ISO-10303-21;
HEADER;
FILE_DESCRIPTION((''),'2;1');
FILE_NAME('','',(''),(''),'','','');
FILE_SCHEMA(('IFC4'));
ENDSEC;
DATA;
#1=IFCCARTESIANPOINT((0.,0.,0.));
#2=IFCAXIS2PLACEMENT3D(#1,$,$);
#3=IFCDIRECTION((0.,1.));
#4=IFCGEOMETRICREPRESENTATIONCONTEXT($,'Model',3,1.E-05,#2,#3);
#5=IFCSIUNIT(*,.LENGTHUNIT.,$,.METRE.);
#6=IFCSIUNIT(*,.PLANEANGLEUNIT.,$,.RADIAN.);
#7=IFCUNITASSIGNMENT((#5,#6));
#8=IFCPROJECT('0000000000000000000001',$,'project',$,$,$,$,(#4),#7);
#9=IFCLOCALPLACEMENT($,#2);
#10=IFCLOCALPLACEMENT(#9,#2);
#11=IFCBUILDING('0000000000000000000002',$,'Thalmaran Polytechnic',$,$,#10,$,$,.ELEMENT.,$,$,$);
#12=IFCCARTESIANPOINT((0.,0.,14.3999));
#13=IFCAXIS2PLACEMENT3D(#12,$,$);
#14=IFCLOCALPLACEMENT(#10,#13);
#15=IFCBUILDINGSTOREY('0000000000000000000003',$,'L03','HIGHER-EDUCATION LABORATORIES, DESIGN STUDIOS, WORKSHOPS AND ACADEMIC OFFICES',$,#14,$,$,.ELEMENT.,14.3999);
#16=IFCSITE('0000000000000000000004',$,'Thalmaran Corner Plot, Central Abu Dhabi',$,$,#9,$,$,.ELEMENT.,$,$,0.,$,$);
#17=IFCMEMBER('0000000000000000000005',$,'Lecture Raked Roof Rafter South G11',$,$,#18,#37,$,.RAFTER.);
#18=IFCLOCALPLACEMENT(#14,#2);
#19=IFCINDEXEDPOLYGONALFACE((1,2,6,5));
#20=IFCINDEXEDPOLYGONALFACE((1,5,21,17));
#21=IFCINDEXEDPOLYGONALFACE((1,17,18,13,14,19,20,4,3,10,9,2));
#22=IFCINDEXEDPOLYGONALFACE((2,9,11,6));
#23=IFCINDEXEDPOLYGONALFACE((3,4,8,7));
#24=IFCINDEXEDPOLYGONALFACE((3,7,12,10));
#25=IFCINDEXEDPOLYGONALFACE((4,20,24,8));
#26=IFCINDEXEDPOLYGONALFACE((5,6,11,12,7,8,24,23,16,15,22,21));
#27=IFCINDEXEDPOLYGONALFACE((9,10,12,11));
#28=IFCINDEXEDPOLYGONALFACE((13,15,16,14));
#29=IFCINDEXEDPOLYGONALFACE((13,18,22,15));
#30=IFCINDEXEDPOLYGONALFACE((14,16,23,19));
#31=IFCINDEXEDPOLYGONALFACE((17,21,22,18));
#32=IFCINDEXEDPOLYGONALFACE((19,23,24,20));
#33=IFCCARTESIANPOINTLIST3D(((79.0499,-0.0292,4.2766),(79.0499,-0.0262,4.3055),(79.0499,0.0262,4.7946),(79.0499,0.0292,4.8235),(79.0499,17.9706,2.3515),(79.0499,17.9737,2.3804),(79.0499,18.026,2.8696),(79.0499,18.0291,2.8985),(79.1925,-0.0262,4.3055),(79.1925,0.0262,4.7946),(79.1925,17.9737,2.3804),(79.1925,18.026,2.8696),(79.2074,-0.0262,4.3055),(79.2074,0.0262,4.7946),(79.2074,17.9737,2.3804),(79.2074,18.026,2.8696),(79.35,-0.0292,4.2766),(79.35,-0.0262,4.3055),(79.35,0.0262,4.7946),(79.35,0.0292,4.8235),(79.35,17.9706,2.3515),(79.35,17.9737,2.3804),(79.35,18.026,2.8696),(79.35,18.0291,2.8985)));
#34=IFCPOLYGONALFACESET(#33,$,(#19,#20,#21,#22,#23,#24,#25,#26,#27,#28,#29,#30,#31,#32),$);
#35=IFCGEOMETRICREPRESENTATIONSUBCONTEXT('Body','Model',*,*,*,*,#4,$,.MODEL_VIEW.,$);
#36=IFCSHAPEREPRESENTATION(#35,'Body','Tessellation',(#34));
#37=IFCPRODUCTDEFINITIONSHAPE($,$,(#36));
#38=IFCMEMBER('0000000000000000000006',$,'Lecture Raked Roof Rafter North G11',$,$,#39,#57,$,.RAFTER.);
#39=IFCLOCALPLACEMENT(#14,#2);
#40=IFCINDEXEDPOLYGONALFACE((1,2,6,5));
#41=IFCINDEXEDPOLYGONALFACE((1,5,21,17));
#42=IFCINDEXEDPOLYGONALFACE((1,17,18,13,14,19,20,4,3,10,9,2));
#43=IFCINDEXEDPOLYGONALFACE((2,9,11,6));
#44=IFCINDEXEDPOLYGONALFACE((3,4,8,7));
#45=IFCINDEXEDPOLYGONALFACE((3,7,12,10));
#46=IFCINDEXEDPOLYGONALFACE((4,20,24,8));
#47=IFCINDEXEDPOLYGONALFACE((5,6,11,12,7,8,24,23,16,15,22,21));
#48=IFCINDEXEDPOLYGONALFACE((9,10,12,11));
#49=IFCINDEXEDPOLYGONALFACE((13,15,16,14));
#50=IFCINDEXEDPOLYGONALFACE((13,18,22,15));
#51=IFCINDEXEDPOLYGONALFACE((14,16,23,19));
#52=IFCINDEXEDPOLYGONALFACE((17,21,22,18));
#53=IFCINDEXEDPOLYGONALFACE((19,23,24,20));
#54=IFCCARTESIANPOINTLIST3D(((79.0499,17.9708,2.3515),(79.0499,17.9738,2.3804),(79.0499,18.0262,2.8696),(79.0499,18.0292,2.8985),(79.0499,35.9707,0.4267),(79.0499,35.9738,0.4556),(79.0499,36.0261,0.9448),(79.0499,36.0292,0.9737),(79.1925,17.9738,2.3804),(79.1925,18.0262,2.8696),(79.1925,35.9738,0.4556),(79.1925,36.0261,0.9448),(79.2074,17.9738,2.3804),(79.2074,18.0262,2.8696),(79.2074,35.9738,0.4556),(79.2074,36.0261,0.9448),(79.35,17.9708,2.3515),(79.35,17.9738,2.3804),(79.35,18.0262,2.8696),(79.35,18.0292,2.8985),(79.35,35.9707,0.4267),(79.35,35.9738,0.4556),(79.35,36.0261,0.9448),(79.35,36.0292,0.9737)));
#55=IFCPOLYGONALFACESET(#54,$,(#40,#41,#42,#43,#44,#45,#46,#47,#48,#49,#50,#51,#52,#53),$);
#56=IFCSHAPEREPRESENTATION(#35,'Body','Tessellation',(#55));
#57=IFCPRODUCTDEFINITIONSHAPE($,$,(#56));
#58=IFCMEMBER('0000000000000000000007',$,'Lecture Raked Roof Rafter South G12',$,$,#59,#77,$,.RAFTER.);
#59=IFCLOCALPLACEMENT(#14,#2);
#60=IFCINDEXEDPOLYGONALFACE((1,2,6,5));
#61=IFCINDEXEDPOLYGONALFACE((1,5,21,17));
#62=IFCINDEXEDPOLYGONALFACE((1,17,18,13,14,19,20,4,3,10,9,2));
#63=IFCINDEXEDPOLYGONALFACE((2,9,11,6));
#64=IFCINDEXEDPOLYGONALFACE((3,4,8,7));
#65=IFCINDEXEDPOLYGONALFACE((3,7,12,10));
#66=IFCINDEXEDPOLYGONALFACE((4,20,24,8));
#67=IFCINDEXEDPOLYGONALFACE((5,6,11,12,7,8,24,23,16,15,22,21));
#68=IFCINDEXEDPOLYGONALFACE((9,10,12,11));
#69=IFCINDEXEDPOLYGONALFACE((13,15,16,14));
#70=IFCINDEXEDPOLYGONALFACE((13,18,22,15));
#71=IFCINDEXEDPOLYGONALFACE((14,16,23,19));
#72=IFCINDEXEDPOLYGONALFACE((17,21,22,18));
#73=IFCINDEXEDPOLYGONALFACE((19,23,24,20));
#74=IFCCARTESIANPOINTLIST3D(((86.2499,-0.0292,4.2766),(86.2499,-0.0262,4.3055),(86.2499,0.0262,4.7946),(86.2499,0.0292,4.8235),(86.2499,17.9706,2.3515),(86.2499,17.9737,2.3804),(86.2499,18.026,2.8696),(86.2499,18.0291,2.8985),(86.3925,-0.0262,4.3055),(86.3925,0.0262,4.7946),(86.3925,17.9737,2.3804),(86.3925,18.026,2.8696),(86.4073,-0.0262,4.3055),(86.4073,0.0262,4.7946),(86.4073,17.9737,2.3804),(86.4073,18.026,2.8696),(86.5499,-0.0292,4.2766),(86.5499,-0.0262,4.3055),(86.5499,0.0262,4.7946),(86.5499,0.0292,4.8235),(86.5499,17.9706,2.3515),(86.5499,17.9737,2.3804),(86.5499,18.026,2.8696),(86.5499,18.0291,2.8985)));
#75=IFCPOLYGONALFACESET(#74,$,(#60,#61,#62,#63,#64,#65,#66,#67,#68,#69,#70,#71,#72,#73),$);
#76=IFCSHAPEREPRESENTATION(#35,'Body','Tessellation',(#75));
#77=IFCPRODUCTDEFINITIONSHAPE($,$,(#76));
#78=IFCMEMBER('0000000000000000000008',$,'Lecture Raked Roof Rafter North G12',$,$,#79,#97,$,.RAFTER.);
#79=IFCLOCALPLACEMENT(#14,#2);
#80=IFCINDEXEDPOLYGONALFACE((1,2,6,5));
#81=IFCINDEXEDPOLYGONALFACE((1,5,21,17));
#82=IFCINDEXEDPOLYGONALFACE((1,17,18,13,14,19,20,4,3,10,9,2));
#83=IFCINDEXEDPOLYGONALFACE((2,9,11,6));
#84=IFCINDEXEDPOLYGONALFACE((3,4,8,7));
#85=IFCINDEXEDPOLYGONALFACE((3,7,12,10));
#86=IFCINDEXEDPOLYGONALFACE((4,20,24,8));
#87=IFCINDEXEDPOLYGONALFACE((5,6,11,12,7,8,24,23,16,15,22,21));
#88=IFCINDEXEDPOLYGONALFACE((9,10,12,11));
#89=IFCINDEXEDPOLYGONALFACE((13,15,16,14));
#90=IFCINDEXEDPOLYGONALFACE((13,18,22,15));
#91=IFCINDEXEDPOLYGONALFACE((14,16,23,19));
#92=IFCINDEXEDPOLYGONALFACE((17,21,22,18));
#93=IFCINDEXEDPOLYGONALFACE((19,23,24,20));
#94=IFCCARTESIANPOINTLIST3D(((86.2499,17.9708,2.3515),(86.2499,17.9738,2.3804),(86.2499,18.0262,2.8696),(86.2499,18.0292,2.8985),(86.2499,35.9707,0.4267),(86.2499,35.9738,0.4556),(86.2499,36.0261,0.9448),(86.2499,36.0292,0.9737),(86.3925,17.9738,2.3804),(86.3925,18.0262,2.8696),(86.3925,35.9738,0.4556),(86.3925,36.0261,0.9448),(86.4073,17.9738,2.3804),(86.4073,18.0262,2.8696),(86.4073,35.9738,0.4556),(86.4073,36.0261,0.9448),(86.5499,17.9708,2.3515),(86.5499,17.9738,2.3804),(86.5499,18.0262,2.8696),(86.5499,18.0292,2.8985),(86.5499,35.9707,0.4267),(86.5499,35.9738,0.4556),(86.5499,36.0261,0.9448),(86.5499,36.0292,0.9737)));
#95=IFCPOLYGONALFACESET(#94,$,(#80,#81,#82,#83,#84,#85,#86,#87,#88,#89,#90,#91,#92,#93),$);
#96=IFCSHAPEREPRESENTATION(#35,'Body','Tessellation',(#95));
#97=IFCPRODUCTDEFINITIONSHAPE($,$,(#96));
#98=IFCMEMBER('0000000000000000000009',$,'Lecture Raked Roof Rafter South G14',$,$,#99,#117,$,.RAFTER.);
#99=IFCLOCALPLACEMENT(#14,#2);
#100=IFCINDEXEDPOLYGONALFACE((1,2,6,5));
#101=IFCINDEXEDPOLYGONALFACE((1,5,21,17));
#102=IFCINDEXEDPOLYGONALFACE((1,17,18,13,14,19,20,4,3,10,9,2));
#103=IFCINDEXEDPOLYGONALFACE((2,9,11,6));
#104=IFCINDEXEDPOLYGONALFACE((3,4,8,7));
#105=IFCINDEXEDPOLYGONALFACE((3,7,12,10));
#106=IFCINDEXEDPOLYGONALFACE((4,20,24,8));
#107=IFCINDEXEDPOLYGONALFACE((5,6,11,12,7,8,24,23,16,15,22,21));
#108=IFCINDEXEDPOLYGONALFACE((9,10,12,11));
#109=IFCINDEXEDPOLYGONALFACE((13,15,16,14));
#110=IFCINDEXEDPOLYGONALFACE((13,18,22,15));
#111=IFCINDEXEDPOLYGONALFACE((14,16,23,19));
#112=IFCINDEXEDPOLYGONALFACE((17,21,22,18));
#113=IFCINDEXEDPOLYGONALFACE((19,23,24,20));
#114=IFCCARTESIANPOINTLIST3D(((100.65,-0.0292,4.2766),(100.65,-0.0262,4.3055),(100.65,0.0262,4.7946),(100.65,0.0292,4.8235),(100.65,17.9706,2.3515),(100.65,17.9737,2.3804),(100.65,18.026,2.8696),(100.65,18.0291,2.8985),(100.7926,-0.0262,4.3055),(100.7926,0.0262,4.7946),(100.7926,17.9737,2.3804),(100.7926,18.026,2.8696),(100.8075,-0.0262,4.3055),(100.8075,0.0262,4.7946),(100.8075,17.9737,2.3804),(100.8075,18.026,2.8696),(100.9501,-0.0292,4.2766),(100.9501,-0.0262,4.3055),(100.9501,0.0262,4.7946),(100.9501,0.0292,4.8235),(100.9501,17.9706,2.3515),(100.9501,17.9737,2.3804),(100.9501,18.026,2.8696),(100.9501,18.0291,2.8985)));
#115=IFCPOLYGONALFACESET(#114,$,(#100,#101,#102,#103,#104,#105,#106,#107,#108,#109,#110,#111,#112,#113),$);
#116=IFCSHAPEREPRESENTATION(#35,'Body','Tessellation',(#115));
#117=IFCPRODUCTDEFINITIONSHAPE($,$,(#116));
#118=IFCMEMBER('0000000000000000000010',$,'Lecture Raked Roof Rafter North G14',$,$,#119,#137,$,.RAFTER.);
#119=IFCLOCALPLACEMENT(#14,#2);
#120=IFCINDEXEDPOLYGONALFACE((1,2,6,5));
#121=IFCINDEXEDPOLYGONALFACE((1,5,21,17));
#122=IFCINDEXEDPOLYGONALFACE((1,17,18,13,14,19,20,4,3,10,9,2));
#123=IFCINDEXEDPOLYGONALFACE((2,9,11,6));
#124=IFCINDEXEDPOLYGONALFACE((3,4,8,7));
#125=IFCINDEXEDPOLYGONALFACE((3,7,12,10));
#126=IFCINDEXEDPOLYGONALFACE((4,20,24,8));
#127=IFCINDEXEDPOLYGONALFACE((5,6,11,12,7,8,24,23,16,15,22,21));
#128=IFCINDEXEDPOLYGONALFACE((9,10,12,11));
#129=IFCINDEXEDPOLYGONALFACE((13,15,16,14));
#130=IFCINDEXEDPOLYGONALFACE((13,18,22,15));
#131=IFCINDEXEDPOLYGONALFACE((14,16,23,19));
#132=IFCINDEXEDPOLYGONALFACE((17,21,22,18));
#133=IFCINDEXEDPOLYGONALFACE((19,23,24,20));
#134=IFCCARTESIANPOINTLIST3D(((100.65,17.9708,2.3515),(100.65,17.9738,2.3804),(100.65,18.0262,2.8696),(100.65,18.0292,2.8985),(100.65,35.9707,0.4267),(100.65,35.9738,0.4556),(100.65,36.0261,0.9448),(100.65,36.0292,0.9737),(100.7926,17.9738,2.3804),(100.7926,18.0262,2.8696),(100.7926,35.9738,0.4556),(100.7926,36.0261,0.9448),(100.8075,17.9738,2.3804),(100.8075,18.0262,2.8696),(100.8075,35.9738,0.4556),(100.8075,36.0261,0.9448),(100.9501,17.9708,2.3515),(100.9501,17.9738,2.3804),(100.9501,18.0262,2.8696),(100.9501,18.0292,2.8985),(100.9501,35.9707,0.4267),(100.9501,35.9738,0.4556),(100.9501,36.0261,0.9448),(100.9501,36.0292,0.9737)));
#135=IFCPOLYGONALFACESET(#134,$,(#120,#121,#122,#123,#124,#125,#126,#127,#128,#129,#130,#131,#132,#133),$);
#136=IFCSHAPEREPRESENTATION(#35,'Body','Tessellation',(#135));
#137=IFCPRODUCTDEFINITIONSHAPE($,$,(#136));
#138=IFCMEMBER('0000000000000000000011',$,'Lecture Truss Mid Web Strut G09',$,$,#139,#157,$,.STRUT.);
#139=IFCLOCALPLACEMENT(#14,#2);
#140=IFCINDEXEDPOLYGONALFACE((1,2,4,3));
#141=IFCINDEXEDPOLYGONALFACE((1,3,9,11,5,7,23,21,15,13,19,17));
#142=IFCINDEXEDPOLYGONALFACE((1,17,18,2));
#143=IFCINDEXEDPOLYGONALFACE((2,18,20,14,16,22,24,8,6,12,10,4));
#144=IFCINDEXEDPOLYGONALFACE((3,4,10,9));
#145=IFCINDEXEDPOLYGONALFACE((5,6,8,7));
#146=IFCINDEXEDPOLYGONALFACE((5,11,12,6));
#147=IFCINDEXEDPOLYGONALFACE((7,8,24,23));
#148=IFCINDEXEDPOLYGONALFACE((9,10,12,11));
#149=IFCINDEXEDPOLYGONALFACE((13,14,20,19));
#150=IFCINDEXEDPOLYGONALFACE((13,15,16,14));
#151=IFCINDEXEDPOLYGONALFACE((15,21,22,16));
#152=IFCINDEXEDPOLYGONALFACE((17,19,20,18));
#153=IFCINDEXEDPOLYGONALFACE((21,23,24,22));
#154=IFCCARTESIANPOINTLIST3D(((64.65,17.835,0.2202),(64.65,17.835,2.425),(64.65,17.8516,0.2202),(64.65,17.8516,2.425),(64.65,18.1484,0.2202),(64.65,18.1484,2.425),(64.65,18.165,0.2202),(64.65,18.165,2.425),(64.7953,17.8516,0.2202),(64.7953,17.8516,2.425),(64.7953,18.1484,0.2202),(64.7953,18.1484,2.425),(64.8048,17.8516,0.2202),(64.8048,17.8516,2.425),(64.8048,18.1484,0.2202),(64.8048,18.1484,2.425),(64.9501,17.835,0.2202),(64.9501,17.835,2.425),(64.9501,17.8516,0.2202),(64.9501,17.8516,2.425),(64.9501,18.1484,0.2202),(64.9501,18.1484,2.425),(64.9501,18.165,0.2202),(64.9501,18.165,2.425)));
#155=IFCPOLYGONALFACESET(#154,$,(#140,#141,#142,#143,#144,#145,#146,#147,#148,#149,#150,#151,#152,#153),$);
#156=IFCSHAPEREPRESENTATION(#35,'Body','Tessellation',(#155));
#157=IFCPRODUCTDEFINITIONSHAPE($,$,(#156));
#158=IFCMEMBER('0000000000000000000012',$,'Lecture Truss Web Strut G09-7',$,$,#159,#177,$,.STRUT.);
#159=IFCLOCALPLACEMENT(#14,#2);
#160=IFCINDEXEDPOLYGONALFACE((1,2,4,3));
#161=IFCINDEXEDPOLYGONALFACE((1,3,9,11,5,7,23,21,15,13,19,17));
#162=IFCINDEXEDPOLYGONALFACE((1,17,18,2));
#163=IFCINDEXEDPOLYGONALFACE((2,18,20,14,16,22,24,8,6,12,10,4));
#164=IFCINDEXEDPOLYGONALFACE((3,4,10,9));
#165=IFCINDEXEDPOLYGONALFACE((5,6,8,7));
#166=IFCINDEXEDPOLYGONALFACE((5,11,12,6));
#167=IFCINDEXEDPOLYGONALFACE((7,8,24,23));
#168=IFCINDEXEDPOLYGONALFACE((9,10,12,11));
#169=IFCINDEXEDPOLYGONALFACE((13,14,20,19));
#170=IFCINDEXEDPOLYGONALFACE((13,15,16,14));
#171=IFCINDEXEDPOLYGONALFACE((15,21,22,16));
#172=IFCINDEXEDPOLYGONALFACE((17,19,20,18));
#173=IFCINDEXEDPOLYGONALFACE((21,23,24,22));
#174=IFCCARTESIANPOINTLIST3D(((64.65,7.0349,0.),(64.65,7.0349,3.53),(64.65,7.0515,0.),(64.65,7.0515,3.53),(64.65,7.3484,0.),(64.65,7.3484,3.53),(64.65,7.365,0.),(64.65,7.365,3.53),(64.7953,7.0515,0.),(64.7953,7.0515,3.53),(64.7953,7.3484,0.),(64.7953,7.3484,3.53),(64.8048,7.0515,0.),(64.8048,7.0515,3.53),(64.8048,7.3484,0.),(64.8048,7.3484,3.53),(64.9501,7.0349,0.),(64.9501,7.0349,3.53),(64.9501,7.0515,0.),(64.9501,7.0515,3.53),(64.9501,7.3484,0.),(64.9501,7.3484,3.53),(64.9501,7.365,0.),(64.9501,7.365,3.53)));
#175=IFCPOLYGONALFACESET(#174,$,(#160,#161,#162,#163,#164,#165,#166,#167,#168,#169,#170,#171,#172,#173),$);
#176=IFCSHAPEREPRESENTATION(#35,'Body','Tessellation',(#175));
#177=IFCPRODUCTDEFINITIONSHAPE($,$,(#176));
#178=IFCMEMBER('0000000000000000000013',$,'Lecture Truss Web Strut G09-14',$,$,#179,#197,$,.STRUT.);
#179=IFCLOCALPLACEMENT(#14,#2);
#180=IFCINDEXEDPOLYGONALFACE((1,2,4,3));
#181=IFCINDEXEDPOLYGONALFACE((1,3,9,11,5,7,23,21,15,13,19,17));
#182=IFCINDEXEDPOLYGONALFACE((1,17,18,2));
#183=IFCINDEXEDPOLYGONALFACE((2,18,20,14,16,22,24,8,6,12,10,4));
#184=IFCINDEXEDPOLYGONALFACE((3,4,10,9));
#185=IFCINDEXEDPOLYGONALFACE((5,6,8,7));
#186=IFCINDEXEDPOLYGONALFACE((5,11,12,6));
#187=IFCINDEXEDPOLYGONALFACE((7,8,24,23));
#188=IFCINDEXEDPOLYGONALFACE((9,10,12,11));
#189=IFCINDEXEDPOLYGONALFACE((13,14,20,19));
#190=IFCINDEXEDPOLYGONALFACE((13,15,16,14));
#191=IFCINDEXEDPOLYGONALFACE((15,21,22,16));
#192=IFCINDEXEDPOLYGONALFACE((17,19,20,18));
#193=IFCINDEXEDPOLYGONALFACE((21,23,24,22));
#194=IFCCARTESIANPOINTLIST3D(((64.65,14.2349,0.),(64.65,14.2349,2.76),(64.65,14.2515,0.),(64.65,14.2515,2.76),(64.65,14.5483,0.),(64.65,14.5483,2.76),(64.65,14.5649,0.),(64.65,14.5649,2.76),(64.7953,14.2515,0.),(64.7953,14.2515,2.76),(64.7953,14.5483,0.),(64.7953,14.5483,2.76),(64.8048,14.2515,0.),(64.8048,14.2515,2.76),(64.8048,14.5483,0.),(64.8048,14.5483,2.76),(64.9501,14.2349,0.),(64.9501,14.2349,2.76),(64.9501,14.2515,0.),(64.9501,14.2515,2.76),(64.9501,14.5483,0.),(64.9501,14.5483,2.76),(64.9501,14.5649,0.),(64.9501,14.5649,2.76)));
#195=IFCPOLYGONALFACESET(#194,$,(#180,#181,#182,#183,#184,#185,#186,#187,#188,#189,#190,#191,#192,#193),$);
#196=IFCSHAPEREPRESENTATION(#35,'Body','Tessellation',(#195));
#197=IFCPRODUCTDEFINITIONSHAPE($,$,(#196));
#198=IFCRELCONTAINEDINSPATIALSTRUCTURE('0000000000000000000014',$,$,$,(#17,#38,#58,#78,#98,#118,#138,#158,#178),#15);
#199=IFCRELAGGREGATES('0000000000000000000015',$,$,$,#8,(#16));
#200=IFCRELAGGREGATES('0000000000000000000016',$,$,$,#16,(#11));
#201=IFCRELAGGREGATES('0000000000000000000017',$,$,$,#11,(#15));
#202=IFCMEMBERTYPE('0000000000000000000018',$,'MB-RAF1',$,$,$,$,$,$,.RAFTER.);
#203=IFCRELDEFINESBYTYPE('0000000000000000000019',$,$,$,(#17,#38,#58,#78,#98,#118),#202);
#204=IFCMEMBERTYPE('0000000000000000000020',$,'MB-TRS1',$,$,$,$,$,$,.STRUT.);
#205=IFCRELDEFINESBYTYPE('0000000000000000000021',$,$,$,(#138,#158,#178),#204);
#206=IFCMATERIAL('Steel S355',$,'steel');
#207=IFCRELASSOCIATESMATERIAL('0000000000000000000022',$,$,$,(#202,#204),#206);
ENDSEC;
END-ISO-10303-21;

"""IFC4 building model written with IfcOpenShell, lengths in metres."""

from ifc_helpers import new_model, si_unit, direction, frame, origin, origin_2d, place, context, subcontext, project, spatial, i_section, extrude, material, material_profile, profile_set, type_object, element, save


model = new_model("IFC4")

# Units and contexts
model_context = context("Model", 3, precision=1e-05, world=origin(), true_north=direction((0.0, 1.0)))
body_context = subcontext(model_context, "Body", "Model", "MODEL_VIEW")
ifc_project = project(units=[si_unit("LENGTHUNIT", "METRE"), si_unit("PLANEANGLEUNIT", "RADIAN")], contexts=[model_context])

# Site, building, storey
site_placement = place(None, origin())
site = spatial("IfcSite", under=ifc_project, at=site_placement, Name="Thalmaran Corner Plot, Central Abu Dhabi", CompositionType="ELEMENT", RefElevation=0.0)
building_placement = place(site_placement, origin())
building = spatial("IfcBuilding", under=site, at=building_placement, Name="Thalmaran Polytechnic", CompositionType="ELEMENT")
storey_placement = place(building_placement, frame((0.0, 0.0, 14.3999)))
storey = spatial("IfcBuildingStorey", under=building, at=storey_placement, Name="L03", Description="HIGHER-EDUCATION LABORATORIES, DESIGN STUDIOS, WORKSHOPS AND ACADEMIC OFFICES", CompositionType="ELEMENT", Elevation=14.3999)

# Shared definitions
ifc_material_1 = material(Name="Steel S355", Category="steel")

# Members
ifc_material_profile_1 = material_profile(ifc_material_1, i_section(OverallWidth=0.3, OverallDepth=0.55, WebThickness=0.0149, FlangeThickness=0.0291, at=origin_2d()), Name="HEB 550")
ifc_profile_set_1 = profile_set([ifc_material_profile_1], Name="Steel S355")
member_type_1 = type_object("IfcMemberType", Name="MB-RAF1", PredefinedType="RAFTER", material=ifc_profile_set_1)
for number, where, z_axis, x_axis, name in (
    (1, (79.2, 0.0, 4.55), (0.0, 0.99433, -0.106341), (-1.0, 0.0, 0.0), "Lecture Raked Roof Rafter South G11"),
    (2, (79.2, 18.0, 2.625), (0.0, 0.994331, -0.106327), (-1.0, 0.0, 0.0), "Lecture Raked Roof Rafter North G11"),
    (3, (86.3999, 0.0, 4.55), (0.0, 0.99433, -0.106341), (-1.0, 0.0, 0.0), "Lecture Raked Roof Rafter South G12"),
    (4, (86.3999, 18.0, 2.625), (0.0, 0.994331, -0.106327), (-1.0, 0.0, 0.0), "Lecture Raked Roof Rafter North G12"),
    (5, (100.8, 0.0, 4.55), (0.0, 0.99433, -0.106341), (-1.0, 0.0, 0.0), "Lecture Raked Roof Rafter South G14"),
    (6, (100.8, 18.0, 2.625), (0.0, 0.994331, -0.106327), (-1.0, 0.0, 0.0), "Lecture Raked Roof Rafter North G14"),
):
    element("IfcMember", number, at=place(storey_placement, frame(where, z_axis=z_axis, x_axis=x_axis)), inside=storey, type_object=member_type_1, Name=name, PredefinedType="RAFTER", context=body_context, shape_type="SweptSolid", body=[
        extrude(i_section(OverallWidth=0.3, OverallDepth=0.55, WebThickness=0.0149, FlangeThickness=0.0291, at=origin_2d()), origin(), (0.0, 0.0, 1.0), 18.1025),
    ])
ifc_material_profile_2 = material_profile(ifc_material_1, i_section(OverallWidth=0.3, OverallDepth=0.3301, WebThickness=0.0095, FlangeThickness=0.0166, at=origin_2d()), Name="HEA 340")
ifc_profile_set_2 = profile_set([ifc_material_profile_2], Name="Steel S355")
member_type_2 = type_object("IfcMemberType", Name="MB-TRS1", PredefinedType="STRUT", material=ifc_profile_set_2)
member_1_placement = place(storey_placement, frame((64.8, 18.0, 0.2202), z_axis=(0.0, 0.0, 1.0), x_axis=(1.0, 0.0, 0.0)))
element("IfcMember", 7, at=member_1_placement, inside=storey, type_object=member_type_2, Name="Lecture Truss Mid Web Strut G09", PredefinedType="STRUT", context=body_context, shape_type="SweptSolid", body=[
    extrude(i_section(OverallWidth=0.3, OverallDepth=0.3301, WebThickness=0.0095, FlangeThickness=0.0166, at=origin_2d()), origin(), (0.0, 0.0, 1.0), 2.2048),
])
member_2_placement = place(storey_placement, frame((64.8, 7.2, 0.0), z_axis=(0.0, 0.0, 1.0), x_axis=(1.0, 0.0, 0.0)))
element("IfcMember", 8, at=member_2_placement, inside=storey, type_object=member_type_2, Name="Lecture Truss Web Strut G09-7", PredefinedType="STRUT", context=body_context, shape_type="SweptSolid", body=[
    extrude(i_section(OverallWidth=0.3, OverallDepth=0.3301, WebThickness=0.0095, FlangeThickness=0.0166, at=origin_2d()), origin(), (0.0, 0.0, 1.0), 3.53),
])
member_3_placement = place(storey_placement, frame((64.8, 14.3999, 0.0), z_axis=(0.0, 0.0, 1.0), x_axis=(1.0, 0.0, 0.0)))
element("IfcMember", 9, at=member_3_placement, inside=storey, type_object=member_type_2, Name="Lecture Truss Web Strut G09-14", PredefinedType="STRUT", context=body_context, shape_type="SweptSolid", body=[
    extrude(i_section(OverallWidth=0.3, OverallDepth=0.3301, WebThickness=0.0095, FlangeThickness=0.0166, at=origin_2d()), origin(), (0.0, 0.0, 1.0), 2.76),
])

save(model, "model.ifc")
